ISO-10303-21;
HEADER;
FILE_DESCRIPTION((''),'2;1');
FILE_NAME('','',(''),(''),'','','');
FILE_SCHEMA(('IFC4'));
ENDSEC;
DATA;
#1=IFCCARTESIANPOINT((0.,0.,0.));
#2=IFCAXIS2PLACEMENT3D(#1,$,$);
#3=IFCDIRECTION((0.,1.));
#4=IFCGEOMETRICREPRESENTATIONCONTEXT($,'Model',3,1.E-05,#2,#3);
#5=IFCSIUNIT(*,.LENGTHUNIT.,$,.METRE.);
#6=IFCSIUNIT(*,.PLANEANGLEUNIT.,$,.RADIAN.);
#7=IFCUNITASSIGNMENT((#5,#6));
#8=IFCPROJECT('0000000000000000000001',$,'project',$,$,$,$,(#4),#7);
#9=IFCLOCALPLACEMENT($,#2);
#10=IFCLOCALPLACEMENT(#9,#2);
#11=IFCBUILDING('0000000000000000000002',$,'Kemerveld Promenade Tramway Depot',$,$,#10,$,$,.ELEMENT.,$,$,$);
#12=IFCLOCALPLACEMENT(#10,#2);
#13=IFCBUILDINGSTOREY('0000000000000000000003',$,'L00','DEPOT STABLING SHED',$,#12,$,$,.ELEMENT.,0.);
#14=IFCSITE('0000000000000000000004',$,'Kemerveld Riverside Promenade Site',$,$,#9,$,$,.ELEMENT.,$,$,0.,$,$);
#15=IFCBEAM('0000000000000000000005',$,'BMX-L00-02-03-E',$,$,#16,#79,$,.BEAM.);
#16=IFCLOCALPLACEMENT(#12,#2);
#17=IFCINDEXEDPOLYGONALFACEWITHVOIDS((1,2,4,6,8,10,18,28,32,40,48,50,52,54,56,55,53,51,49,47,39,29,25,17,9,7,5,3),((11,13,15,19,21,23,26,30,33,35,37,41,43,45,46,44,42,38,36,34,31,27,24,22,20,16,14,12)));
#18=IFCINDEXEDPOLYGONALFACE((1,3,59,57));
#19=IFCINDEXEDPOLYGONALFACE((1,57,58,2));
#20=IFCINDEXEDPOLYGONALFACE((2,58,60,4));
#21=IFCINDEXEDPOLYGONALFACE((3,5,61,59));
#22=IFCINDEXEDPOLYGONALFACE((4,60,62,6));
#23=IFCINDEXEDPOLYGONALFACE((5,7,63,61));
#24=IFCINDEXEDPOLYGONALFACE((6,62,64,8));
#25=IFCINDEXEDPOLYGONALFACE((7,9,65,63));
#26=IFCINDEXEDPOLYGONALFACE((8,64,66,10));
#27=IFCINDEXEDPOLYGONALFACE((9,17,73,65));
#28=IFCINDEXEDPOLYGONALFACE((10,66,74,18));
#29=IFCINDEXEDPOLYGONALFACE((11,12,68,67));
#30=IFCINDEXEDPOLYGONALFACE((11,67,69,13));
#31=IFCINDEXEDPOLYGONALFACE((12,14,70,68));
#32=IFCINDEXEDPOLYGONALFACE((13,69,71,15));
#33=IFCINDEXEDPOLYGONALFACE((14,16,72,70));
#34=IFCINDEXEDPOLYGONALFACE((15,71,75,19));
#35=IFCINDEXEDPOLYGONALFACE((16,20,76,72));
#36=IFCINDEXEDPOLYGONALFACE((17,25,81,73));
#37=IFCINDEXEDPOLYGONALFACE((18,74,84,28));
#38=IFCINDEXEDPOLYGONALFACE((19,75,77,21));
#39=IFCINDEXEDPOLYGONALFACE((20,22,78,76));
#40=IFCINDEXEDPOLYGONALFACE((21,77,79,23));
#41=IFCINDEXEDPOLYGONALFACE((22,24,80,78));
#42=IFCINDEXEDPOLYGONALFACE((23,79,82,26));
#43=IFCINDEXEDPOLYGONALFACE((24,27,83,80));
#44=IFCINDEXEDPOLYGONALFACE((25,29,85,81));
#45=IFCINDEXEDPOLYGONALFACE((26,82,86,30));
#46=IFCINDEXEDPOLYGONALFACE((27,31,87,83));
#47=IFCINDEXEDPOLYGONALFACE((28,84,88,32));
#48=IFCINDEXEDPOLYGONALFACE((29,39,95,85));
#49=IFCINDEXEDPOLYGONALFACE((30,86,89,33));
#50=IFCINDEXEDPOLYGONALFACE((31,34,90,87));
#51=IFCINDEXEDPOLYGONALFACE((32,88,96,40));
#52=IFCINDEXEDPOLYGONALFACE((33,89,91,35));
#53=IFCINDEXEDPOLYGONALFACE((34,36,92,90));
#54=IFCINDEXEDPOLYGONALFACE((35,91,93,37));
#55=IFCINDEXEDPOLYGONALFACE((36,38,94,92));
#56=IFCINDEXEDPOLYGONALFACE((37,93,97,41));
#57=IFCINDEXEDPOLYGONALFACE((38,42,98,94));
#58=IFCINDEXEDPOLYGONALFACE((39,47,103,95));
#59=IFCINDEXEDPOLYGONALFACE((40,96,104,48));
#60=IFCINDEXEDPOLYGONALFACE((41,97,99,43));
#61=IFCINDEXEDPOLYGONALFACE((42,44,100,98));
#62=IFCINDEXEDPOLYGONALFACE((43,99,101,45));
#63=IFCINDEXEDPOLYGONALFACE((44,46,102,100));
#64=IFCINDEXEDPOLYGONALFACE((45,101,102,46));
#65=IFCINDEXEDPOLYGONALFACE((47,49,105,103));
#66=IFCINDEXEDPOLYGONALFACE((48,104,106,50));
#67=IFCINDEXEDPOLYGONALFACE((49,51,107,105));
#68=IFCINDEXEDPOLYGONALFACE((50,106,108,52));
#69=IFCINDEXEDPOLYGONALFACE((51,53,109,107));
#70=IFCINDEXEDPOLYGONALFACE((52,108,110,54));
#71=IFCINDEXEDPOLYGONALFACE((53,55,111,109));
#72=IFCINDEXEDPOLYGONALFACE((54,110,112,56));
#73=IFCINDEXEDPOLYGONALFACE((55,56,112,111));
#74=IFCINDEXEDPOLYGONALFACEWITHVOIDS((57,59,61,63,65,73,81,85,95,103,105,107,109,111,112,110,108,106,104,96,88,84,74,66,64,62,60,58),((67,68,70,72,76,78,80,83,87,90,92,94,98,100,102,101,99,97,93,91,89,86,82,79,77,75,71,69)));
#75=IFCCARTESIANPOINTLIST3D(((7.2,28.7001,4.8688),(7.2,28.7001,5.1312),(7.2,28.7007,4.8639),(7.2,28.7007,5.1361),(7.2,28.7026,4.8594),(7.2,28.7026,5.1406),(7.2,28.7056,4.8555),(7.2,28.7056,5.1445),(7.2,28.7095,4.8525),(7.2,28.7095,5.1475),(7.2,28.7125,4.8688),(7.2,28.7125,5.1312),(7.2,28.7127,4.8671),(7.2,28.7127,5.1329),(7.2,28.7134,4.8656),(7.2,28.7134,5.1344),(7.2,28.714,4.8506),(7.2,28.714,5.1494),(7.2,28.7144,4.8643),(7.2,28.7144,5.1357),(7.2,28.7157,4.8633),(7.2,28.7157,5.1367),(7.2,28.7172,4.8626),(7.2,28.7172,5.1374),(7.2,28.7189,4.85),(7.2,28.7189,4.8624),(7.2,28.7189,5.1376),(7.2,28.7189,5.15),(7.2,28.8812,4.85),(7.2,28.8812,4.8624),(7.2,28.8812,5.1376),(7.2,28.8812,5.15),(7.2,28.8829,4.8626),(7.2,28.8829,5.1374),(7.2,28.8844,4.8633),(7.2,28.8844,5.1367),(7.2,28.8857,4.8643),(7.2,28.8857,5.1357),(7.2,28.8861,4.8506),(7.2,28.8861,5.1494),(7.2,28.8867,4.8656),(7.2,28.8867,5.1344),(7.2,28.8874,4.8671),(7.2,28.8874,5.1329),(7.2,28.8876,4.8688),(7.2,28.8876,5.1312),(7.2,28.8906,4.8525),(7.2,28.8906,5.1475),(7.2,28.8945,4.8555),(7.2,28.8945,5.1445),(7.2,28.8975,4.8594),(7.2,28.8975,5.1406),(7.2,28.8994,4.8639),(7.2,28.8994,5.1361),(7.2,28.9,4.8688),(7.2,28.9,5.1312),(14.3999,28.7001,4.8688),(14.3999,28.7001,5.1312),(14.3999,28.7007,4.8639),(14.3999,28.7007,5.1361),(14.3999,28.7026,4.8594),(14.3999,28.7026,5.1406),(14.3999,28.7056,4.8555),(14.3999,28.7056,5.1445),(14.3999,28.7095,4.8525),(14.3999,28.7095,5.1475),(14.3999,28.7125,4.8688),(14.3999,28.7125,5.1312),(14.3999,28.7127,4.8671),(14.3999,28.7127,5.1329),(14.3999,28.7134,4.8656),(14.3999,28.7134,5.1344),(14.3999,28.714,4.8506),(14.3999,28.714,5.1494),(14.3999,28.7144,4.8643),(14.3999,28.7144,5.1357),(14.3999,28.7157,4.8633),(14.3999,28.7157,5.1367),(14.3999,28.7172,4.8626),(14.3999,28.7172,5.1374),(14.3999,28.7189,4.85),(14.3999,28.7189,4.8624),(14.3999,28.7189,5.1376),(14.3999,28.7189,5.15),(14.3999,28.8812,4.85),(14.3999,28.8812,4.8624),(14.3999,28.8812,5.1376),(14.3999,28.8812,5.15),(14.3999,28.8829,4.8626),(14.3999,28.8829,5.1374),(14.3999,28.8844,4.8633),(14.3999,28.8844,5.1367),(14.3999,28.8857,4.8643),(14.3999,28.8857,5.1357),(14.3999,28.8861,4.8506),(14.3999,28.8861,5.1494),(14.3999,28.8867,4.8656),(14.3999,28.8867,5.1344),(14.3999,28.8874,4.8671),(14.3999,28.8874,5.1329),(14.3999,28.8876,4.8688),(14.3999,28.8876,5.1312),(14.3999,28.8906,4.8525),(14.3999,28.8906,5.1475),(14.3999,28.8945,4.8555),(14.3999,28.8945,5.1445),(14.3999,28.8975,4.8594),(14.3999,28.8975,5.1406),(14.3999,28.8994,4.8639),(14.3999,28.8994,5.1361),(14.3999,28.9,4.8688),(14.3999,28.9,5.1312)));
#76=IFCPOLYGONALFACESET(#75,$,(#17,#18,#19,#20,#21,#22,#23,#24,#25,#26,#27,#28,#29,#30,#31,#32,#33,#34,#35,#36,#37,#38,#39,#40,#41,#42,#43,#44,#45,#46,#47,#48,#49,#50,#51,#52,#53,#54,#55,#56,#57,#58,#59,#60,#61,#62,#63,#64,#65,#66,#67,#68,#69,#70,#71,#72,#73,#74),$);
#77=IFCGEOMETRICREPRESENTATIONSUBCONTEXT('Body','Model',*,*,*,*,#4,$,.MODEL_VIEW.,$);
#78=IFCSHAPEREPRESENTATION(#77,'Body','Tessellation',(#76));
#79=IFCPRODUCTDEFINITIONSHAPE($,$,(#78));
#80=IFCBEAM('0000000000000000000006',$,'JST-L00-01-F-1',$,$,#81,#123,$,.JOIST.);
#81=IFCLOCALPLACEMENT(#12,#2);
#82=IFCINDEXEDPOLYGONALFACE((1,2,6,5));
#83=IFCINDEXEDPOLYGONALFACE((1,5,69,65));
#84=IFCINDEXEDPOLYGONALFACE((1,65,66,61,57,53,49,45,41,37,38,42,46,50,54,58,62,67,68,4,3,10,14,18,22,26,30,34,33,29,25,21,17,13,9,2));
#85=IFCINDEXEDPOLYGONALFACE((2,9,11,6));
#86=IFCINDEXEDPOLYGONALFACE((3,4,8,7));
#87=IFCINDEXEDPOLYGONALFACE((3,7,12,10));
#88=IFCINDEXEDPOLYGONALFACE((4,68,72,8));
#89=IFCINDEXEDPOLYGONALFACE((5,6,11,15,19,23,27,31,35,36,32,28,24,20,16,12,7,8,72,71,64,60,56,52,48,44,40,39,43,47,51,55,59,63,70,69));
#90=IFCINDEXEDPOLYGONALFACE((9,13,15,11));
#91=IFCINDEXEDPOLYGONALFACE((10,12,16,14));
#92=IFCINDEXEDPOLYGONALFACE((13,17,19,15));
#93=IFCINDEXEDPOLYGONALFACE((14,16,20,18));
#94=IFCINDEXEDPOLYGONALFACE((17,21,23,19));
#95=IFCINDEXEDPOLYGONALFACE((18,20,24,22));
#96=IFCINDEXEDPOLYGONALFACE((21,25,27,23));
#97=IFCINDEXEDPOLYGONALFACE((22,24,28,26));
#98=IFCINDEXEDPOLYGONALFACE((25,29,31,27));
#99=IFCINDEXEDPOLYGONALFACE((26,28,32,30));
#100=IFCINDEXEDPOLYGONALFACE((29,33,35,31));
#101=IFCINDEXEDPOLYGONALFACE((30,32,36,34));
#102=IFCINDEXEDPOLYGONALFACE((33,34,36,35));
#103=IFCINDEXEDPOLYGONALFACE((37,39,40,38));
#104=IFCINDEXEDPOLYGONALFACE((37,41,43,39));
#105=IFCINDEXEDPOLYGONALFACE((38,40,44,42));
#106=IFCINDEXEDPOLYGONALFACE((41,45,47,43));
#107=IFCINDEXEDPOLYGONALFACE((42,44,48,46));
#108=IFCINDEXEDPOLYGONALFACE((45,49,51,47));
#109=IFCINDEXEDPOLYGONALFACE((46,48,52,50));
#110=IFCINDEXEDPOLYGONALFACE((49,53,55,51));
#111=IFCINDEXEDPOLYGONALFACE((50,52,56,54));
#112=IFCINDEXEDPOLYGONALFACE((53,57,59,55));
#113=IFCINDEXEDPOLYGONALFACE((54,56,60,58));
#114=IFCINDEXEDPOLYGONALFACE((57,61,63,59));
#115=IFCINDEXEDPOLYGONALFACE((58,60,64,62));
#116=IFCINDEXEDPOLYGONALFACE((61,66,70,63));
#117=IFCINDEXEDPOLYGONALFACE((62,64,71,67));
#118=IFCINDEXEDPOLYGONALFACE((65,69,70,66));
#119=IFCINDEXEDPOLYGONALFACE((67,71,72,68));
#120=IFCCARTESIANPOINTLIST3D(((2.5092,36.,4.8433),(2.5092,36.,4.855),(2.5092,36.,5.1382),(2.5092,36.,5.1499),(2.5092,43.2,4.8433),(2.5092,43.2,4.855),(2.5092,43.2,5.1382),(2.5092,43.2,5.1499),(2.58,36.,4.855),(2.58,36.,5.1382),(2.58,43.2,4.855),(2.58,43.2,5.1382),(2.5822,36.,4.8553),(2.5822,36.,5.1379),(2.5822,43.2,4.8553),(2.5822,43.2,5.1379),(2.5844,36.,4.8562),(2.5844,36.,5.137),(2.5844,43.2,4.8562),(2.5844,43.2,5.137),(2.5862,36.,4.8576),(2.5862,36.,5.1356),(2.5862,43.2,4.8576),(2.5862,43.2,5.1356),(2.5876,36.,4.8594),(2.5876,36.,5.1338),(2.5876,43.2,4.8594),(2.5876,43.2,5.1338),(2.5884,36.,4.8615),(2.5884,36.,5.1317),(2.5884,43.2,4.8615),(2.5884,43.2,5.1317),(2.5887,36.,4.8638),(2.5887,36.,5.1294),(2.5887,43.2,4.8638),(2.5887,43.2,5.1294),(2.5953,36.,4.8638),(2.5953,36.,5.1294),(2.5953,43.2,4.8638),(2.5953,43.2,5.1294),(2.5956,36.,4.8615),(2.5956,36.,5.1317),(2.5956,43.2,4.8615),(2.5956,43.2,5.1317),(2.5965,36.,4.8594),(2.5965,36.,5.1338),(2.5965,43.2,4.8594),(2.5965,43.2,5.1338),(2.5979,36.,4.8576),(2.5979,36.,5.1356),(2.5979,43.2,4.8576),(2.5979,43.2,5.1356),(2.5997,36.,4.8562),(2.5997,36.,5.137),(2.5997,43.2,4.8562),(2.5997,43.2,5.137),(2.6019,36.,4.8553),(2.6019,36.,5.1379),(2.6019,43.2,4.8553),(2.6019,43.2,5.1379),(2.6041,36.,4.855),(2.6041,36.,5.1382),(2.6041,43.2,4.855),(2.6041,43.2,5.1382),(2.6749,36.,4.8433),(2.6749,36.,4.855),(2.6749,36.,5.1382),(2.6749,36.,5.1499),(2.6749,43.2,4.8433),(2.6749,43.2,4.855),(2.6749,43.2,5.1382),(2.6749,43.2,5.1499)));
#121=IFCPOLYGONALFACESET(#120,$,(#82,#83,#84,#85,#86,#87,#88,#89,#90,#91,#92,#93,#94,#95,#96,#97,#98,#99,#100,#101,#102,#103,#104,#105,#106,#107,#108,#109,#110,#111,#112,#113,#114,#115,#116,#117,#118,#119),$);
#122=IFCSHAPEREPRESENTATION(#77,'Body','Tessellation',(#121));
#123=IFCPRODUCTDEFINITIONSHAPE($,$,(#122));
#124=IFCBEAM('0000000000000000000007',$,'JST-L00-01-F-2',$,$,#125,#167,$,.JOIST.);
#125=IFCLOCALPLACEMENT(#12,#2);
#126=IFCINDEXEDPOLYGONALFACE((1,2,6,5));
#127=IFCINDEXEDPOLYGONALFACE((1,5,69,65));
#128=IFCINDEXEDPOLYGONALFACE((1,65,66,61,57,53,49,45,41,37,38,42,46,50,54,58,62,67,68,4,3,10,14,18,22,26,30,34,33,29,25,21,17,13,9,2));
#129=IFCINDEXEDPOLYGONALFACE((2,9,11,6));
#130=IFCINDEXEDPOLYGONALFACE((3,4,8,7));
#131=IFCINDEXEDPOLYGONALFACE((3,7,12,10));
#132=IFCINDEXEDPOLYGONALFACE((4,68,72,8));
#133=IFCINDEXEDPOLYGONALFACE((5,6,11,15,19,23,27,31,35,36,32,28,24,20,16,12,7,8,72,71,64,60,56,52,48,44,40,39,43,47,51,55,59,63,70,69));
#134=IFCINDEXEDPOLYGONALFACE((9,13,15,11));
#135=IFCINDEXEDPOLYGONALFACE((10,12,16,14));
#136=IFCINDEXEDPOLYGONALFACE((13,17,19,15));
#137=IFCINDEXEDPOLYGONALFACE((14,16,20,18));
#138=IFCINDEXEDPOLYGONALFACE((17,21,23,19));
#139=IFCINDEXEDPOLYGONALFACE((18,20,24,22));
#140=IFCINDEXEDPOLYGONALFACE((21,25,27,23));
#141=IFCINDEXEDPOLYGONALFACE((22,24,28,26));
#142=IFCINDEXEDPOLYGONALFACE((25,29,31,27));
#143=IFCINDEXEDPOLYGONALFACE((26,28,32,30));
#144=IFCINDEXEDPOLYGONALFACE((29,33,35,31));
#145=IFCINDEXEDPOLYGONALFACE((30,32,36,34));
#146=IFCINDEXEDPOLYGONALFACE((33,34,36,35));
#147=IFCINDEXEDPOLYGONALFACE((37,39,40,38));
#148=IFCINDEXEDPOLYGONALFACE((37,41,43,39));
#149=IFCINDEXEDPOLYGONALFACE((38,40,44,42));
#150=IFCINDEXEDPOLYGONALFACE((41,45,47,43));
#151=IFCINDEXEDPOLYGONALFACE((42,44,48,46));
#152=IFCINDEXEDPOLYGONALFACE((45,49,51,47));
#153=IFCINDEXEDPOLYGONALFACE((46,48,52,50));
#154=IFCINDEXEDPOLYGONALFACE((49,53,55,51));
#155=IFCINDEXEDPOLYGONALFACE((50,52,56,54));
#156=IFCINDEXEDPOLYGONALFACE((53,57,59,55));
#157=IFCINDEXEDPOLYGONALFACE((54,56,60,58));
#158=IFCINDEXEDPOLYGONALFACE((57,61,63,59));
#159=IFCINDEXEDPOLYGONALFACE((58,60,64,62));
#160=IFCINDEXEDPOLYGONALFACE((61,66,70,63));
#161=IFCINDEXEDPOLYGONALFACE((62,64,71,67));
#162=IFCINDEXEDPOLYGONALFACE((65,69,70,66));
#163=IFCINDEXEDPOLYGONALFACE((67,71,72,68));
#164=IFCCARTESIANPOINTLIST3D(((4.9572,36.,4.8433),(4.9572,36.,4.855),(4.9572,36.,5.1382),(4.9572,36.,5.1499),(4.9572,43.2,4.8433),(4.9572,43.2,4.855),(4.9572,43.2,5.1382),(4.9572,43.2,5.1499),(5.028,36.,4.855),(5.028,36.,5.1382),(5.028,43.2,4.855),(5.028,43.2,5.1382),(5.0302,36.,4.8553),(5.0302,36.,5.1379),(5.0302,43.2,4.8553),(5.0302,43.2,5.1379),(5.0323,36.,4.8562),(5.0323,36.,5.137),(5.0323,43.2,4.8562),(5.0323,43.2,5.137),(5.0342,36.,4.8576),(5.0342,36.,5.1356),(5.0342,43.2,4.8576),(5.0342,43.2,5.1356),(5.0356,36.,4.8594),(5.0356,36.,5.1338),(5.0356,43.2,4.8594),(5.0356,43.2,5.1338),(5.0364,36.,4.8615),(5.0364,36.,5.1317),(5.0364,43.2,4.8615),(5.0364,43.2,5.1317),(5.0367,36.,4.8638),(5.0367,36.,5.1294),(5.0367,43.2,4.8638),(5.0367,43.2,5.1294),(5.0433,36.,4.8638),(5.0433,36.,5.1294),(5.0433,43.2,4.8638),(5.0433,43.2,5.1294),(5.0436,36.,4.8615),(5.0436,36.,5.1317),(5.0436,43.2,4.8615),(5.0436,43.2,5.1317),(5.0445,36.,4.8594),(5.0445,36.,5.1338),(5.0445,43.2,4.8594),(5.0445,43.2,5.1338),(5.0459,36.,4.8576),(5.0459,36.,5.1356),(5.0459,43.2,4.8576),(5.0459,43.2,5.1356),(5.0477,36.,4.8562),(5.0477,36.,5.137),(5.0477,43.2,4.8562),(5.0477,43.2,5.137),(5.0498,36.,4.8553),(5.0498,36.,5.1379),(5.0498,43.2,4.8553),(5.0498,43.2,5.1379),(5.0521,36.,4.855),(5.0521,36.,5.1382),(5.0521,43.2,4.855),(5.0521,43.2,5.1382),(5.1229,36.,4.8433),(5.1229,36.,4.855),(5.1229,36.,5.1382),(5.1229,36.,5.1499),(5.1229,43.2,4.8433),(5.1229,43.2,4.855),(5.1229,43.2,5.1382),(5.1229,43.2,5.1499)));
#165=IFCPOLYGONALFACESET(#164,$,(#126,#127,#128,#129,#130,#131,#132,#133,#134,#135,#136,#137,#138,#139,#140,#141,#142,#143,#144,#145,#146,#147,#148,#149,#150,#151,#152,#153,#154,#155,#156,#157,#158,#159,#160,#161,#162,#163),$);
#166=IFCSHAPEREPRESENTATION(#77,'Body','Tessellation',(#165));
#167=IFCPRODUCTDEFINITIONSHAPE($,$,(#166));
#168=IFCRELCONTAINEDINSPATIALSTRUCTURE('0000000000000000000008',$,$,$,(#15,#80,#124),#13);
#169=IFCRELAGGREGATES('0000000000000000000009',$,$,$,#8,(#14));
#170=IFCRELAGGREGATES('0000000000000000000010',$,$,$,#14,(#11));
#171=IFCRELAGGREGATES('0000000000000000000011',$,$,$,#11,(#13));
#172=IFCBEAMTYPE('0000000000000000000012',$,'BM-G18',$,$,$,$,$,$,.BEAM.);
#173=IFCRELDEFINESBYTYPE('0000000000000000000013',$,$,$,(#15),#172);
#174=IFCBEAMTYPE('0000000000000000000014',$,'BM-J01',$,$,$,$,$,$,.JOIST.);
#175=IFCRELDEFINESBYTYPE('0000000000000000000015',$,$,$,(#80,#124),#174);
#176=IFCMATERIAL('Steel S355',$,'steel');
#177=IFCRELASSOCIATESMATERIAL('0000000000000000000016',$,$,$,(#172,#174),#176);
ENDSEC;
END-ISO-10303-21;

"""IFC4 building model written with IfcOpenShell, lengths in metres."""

from ifc_helpers import new_model, si_unit, direction, frame, origin, origin_2d, place, context, subcontext, project, spatial, hollow_rectangle, i_section, extrude, material, material_profile, profile_set, type_object, element, save


model = new_model("IFC4")

# Units and contexts
model_context = context("Model", 3, precision=1e-05, world=origin(), true_north=direction((0.0, 1.0)))
body_context = subcontext(model_context, "Body", "Model", "MODEL_VIEW")
ifc_project = project(units=[si_unit("LENGTHUNIT", "METRE"), si_unit("PLANEANGLEUNIT", "RADIAN")], contexts=[model_context])

# Site, building, storey
site_placement = place(None, origin())
site = spatial("IfcSite", under=ifc_project, at=site_placement, Name="Kemerveld Riverside Promenade Site", CompositionType="ELEMENT", RefElevation=0.0)
building_placement = place(site_placement, origin())
building = spatial("IfcBuilding", under=site, at=building_placement, Name="Kemerveld Promenade Tramway Depot", CompositionType="ELEMENT")
storey_placement = place(building_placement, origin())
storey = spatial("IfcBuildingStorey", under=building, at=storey_placement, Name="L00", Description="DEPOT STABLING SHED", CompositionType="ELEMENT", Elevation=0.0)

# Shared definitions
ifc_material_1 = material(Name="Steel S355", Category="steel")

# Beams
ifc_material_profile_1 = material_profile(ifc_material_1, hollow_rectangle(XDim=0.2, YDim=0.3, WallThickness=0.0125, InnerFilletRadius=0.0063, OuterFilletRadius=0.0188, at=origin_2d()), Name="300x200x12.5 RHS")
ifc_profile_set_1 = profile_set([ifc_material_profile_1], Name="Steel S355")
beam_type_1 = type_object("IfcBeamType", Name="BM-G18", PredefinedType="BEAM", material=ifc_profile_set_1)
beam_placement = place(storey_placement, frame((7.2, 28.8, 5.0), z_axis=(1.0, 0.0, 0.0), x_axis=(0.0, 1.0, 0.0)))
element("IfcBeam", 1, at=beam_placement, inside=storey, type_object=beam_type_1, Name="BMX-L00-02-03-E", PredefinedType="BEAM", context=body_context, shape_type="SweptSolid", body=[
    extrude(hollow_rectangle(XDim=0.2, YDim=0.3, WallThickness=0.0125, InnerFilletRadius=0.0063, OuterFilletRadius=0.0188, at=origin_2d()), origin(), (0.0, 0.0, 1.0), 7.2),
])
ifc_material_profile_2 = material_profile(ifc_material_1, i_section(OverallWidth=0.1658, OverallDepth=0.3066, WebThickness=0.0066, FlangeThickness=0.0117, FilletRadius=0.0088, at=origin_2d()), Name="305x165x46 UB")
ifc_profile_set_2 = profile_set([ifc_material_profile_2], Name="Steel S355")
beam_type_2 = type_object("IfcBeamType", Name="BM-J01", PredefinedType="JOIST", material=ifc_profile_set_2)
for number, where, z_axis, x_axis, name in (
    (2, (2.592, 36.0, 4.9966), (0.0, 1.0, 0.0), (-1.0, 0.0, 0.0), "JST-L00-01-F-1"),
    (3, (5.04, 36.0, 4.9966), (0.0, 1.0, 0.0), (-1.0, 0.0, 0.0), "JST-L00-01-F-2"),
):
    element("IfcBeam", number, at=place(storey_placement, frame(where, z_axis=z_axis, x_axis=x_axis)), inside=storey, type_object=beam_type_2, Name=name, PredefinedType="JOIST", context=body_context, shape_type="SweptSolid", body=[
        extrude(i_section(OverallWidth=0.1658, OverallDepth=0.3066, WebThickness=0.0066, FlangeThickness=0.0117, FilletRadius=0.0088, at=origin_2d()), origin(), (0.0, 0.0, 1.0), 7.2),
    ])

save(model, "model.ifc")
